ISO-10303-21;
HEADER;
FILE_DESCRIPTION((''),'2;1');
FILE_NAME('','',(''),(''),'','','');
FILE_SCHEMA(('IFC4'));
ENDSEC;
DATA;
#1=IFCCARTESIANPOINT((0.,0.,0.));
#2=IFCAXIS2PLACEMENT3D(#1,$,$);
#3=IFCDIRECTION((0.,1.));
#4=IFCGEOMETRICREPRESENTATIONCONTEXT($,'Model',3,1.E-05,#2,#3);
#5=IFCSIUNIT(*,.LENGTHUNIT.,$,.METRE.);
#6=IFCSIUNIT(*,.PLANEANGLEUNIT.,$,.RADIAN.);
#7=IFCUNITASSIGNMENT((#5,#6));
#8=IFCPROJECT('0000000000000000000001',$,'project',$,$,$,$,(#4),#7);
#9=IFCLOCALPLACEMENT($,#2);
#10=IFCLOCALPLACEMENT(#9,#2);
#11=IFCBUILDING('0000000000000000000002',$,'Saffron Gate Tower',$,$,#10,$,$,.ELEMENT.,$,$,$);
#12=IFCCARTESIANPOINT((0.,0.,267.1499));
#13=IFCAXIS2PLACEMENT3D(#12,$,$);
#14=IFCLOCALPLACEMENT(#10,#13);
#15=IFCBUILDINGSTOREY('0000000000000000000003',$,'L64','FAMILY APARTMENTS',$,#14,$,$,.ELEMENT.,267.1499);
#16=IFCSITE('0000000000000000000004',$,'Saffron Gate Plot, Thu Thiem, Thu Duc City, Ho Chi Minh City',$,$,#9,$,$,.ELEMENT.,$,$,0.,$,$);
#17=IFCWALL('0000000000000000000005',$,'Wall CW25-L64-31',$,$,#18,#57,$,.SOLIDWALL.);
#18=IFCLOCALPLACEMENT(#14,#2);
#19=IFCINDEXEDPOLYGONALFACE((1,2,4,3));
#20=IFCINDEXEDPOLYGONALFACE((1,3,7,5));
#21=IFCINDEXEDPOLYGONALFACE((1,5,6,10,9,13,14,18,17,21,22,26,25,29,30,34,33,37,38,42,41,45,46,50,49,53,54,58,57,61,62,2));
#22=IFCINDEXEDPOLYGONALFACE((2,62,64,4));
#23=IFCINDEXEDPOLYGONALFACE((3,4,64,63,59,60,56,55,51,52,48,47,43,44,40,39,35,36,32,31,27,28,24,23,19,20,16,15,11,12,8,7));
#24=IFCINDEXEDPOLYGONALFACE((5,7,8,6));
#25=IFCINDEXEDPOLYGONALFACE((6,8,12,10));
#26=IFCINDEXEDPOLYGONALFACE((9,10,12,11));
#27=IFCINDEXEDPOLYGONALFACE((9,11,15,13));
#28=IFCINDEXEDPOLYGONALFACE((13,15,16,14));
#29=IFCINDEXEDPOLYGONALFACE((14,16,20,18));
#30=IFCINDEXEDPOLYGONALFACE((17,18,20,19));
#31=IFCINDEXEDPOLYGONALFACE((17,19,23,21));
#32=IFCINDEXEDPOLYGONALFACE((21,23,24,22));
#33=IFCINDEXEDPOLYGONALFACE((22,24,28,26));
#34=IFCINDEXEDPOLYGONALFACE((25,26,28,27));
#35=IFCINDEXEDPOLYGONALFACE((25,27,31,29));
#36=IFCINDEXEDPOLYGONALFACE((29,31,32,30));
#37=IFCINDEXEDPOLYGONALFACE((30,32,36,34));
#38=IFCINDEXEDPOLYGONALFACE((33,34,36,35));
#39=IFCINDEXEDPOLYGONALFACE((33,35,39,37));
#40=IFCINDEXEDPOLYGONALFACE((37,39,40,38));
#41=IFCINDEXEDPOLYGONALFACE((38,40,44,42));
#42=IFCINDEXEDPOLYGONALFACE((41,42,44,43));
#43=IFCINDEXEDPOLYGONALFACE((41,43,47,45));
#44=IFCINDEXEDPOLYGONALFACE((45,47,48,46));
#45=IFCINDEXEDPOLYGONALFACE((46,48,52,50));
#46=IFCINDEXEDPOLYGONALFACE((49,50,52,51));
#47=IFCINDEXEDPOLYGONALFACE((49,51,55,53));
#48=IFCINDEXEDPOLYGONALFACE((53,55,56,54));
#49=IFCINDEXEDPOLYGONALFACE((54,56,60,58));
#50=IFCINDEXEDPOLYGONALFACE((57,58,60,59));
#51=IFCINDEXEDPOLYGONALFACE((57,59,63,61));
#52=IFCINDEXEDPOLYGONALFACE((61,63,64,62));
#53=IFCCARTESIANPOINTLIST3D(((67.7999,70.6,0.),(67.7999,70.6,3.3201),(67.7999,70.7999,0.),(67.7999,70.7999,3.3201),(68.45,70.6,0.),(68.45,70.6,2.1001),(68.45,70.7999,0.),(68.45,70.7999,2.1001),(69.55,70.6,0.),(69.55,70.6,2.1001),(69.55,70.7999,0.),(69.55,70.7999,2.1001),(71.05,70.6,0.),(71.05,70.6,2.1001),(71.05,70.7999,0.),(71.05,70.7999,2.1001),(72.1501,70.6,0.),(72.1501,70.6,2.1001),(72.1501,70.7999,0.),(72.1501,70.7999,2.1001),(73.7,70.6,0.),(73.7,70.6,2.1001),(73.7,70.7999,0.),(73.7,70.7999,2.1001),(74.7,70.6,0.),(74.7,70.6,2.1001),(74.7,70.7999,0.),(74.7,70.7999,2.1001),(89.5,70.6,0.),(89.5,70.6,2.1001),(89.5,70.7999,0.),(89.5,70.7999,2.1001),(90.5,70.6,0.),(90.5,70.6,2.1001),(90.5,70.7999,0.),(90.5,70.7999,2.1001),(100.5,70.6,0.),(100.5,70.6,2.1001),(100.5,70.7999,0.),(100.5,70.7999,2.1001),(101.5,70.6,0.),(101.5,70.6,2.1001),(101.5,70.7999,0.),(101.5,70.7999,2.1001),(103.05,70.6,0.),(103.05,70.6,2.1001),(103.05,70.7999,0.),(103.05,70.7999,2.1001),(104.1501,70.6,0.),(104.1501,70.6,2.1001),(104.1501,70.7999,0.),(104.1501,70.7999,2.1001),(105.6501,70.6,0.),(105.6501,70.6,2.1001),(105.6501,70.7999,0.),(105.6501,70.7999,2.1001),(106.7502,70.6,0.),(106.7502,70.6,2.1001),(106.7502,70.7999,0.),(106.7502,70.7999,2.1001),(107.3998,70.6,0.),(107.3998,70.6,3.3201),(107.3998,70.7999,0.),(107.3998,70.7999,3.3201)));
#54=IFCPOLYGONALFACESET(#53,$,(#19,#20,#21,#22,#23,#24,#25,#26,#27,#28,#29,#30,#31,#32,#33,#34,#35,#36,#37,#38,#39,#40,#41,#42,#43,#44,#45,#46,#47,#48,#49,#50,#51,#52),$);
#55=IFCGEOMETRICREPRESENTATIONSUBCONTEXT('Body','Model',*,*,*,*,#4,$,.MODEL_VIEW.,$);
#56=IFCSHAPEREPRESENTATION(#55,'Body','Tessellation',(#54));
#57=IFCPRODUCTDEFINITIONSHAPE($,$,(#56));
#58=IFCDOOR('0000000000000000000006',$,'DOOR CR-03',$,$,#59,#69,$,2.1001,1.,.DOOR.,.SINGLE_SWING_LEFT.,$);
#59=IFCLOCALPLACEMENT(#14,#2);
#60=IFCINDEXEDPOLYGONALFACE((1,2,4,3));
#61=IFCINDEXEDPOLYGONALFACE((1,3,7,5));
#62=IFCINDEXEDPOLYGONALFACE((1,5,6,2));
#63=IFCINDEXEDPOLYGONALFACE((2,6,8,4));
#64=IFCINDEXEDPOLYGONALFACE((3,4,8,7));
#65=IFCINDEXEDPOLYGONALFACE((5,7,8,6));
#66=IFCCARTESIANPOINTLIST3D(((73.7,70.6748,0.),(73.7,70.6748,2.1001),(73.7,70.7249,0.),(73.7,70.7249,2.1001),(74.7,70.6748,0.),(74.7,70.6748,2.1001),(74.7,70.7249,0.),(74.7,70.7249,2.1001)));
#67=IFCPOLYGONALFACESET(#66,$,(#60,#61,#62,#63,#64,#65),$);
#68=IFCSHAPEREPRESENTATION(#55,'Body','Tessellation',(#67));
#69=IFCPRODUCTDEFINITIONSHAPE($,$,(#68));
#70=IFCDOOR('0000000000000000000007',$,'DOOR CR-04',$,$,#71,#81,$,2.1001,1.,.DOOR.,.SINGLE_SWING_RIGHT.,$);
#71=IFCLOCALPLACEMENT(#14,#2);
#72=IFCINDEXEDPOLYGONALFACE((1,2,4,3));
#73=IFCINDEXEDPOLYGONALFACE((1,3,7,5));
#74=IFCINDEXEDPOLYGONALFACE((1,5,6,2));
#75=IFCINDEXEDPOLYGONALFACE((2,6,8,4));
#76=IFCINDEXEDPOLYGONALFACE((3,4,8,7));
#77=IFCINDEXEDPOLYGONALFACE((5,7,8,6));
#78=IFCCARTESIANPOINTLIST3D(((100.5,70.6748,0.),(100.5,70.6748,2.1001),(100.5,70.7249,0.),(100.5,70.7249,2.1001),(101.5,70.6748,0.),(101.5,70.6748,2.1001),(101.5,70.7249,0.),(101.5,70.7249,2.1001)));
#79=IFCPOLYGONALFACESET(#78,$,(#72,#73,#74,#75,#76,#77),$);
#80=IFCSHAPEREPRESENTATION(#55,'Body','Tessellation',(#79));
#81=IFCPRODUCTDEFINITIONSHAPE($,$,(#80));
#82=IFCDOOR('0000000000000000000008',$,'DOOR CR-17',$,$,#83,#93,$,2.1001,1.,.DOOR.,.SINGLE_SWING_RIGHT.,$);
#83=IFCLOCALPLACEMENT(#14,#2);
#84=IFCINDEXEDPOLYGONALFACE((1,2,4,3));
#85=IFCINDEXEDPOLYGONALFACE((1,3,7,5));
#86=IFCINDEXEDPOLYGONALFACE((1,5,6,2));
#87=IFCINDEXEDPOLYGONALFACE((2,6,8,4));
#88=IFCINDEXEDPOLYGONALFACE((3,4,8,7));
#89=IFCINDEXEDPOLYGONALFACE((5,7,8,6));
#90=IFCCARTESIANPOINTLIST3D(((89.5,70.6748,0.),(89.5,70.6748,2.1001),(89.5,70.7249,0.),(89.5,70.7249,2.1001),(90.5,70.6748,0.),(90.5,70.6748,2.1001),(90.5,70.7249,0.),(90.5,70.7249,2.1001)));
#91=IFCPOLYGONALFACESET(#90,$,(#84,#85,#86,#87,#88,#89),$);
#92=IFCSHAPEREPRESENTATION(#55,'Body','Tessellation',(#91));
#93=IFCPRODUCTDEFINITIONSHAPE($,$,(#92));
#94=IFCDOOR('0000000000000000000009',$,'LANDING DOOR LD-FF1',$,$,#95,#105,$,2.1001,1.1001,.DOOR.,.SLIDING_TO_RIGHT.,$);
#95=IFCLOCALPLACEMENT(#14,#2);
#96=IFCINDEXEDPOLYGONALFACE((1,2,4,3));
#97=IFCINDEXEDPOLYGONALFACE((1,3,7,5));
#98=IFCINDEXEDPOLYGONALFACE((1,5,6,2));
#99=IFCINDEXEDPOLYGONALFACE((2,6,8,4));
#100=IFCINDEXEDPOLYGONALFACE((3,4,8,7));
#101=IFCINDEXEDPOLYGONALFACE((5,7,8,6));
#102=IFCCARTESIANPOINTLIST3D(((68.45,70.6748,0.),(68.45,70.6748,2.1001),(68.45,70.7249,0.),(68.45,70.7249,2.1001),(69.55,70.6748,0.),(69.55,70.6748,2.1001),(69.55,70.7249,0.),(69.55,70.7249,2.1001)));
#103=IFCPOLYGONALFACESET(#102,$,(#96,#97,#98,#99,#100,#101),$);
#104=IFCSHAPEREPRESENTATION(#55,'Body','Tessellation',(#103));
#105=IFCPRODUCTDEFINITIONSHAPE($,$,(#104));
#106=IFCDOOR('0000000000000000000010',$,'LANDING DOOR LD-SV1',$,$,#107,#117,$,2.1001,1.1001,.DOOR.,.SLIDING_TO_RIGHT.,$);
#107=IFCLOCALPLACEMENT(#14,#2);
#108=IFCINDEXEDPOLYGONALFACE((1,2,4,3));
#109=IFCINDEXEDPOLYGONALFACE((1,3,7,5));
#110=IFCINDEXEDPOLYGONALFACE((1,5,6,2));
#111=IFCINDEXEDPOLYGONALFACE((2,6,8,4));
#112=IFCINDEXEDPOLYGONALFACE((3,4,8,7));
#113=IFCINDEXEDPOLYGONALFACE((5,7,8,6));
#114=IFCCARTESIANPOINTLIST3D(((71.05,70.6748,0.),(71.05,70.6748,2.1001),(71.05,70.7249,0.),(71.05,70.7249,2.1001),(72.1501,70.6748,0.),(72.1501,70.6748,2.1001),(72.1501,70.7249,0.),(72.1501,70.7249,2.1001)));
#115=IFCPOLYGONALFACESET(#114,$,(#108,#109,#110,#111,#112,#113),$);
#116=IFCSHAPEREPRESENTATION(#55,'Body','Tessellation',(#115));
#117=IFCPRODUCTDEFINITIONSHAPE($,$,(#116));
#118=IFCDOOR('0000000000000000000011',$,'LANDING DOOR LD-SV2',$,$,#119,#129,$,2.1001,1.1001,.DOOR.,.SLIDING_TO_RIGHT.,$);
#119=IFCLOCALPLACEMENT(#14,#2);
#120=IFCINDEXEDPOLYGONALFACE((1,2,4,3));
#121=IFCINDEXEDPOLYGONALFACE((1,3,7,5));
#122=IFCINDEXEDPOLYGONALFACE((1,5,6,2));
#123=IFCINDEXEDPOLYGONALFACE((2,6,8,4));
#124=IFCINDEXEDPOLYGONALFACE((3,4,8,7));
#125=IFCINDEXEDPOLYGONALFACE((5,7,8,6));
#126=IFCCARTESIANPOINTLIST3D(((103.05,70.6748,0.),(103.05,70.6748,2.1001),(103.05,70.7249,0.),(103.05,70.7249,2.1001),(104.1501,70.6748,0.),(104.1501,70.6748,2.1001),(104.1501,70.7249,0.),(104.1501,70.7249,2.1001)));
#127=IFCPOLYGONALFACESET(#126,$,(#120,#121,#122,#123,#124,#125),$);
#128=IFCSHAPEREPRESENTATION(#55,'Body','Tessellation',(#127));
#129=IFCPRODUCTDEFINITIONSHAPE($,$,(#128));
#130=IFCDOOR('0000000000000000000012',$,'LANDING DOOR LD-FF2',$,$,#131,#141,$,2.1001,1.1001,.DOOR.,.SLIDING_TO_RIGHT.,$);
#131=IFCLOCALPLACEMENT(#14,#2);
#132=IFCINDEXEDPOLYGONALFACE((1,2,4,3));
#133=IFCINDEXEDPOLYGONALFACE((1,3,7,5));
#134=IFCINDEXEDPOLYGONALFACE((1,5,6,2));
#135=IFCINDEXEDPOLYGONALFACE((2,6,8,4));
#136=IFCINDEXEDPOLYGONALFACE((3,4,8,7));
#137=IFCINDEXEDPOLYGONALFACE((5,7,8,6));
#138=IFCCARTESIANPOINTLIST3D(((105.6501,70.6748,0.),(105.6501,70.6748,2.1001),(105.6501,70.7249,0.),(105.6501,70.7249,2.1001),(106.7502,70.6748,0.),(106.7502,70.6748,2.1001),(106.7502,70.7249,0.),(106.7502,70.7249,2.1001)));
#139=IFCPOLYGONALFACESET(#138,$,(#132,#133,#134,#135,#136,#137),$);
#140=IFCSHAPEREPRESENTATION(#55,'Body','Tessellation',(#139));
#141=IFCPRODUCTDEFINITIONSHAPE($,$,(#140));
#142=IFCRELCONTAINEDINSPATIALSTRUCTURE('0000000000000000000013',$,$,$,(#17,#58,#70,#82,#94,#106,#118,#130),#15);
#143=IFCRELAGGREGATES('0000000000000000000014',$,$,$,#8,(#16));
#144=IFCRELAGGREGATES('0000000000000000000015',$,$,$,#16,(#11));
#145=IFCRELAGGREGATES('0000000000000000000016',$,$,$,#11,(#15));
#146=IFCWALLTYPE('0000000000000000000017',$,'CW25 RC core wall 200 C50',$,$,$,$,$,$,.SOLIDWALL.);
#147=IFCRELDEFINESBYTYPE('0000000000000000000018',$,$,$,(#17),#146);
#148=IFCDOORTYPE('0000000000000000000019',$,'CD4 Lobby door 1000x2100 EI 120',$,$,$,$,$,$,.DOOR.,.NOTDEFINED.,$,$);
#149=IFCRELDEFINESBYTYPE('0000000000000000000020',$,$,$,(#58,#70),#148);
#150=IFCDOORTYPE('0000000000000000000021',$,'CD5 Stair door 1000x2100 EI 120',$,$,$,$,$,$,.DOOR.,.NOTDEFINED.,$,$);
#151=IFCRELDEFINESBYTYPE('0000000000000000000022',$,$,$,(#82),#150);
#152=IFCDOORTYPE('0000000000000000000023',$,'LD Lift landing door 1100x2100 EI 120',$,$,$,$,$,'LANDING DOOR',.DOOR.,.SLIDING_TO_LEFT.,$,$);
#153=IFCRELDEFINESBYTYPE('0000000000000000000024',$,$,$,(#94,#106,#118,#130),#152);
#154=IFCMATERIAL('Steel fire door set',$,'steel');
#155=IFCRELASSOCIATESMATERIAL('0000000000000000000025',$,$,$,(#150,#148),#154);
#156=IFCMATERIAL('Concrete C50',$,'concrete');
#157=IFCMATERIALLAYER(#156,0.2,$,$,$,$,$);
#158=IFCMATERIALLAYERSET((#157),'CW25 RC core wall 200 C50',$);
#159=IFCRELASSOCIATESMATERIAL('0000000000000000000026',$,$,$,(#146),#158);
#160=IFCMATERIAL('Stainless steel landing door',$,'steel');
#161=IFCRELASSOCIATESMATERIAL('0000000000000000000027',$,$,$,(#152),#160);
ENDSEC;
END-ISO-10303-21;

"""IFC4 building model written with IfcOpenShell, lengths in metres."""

from ifc_helpers import new_model, si_unit, direction, frame, frame_2d, origin, place, context, subcontext, project, spatial, rectangle, extrude, material, layer, layer_set, type_object, element, fill, save


model = new_model("IFC4")

# Units and contexts
model_context = context("Model", 3, precision=1e-05, world=origin(), true_north=direction((0.0, 1.0)))
body_context = subcontext(model_context, "Body", "Model", "MODEL_VIEW")
ifc_project = project(units=[si_unit("LENGTHUNIT", "METRE"), si_unit("PLANEANGLEUNIT", "RADIAN")], contexts=[model_context])

# Site, building, storey
site_placement = place(None, origin())
site = spatial("IfcSite", under=ifc_project, at=site_placement, Name="Saffron Gate Plot, Thu Thiem, Thu Duc City, Ho Chi Minh City", CompositionType="ELEMENT", RefElevation=0.0)
building_placement = place(site_placement, origin())
building = spatial("IfcBuilding", under=site, at=building_placement, Name="Saffron Gate Tower", CompositionType="ELEMENT")
storey_placement = place(building_placement, frame((0.0, 0.0, 267.1499)))
storey = spatial("IfcBuildingStorey", under=building, at=storey_placement, Name="L64", Description="FAMILY APARTMENTS", CompositionType="ELEMENT", Elevation=267.1499)

# Wall, openings, doors
ifc_material_1 = material(Name="Concrete C50", Category="concrete")
ifc_material_2 = material(Name="Steel fire door set", Category="steel")
door_type_1 = type_object("IfcDoorType", Name="CD5 Stair door 1000x2100 EI 120", OperationType="NOTDEFINED", PredefinedType="DOOR", material=ifc_material_2)
ifc_layer_1 = layer(ifc_material_1, 0.2)
ifc_layer_set_1 = layer_set([ifc_layer_1], Name="CW25 RC core wall 200 C50")
wall_type_1 = type_object("IfcWallType", Name="CW25 RC core wall 200 C50", PredefinedType="SOLIDWALL", material=ifc_layer_set_1)
wall_1_placement = place(storey_placement, frame((67.8, 70.7, 0.0), z_axis=(0.0, 0.0, 1.0), x_axis=(1.0, 0.0, 0.0)))
wall_1 = element("IfcWall", 1, at=wall_1_placement, inside=storey, type_object=wall_type_1, Name="Wall CW25-L64-31", PredefinedType="SOLIDWALL", context=body_context, shape_type="SweptSolid", body=[
    extrude(rectangle(XDim=39.5999, YDim=0.2, at=frame_2d((19.7998, 0.0))), origin(), (0.0, 0.0, 1.0), 3.3201),
])
opening_1_placement = place(wall_1_placement, frame((0.6499, 0.0, 0.0)))
opening_1 = element("IfcOpeningElement", 2, at=opening_1_placement, cuts=wall_1, PredefinedType="OPENING", context=body_context, shape_type="SweptSolid", body=[
    extrude(rectangle(XDim=1.1001, YDim=2.1001, at=frame_2d((0.55, 1.05))), frame((0.0, 0.1099, 0.0), z_axis=(0.0, -1.0, 0.0), x_axis=(1.0, 0.0, 0.0)), (0.0, 0.0, 1.0), 0.22),
])
opening_2_placement = place(wall_1_placement, frame((3.25, 0.0, 0.0)))
opening_2 = element("IfcOpeningElement", 3, at=opening_2_placement, cuts=wall_1, PredefinedType="OPENING", context=body_context, shape_type="SweptSolid", body=[
    extrude(rectangle(XDim=1.1001, YDim=2.1001, at=frame_2d((0.55, 1.05))), frame((0.0, 0.1099, 0.0), z_axis=(0.0, -1.0, 0.0), x_axis=(1.0, 0.0, 0.0)), (0.0, 0.0, 1.0), 0.22),
])
opening_3_placement = place(wall_1_placement, frame((5.8999, 0.0, 0.0)))
opening_3 = element("IfcOpeningElement", 4, at=opening_3_placement, cuts=wall_1, PredefinedType="OPENING", context=body_context, shape_type="SweptSolid", body=[
    extrude(rectangle(XDim=1.0, YDim=2.1001, at=frame_2d((0.5, 1.05))), frame((0.0, 0.1099, 0.0), z_axis=(0.0, -1.0, 0.0), x_axis=(1.0, 0.0, 0.0)), (0.0, 0.0, 1.0), 0.22),
])
opening_4_placement = place(wall_1_placement, frame((21.7, 0.0, 0.0)))
opening_4 = element("IfcOpeningElement", 5, at=opening_4_placement, cuts=wall_1, PredefinedType="OPENING", context=body_context, shape_type="SweptSolid", body=[
    extrude(rectangle(XDim=1.0, YDim=2.1001, at=frame_2d((0.5, 1.05))), frame((0.0, 0.1099, 0.0), z_axis=(0.0, -1.0, 0.0), x_axis=(1.0, 0.0, 0.0)), (0.0, 0.0, 1.0), 0.22),
])
opening_5_placement = place(wall_1_placement, frame((32.7, 0.0, 0.0)))
opening_5 = element("IfcOpeningElement", 6, at=opening_5_placement, cuts=wall_1, PredefinedType="OPENING", context=body_context, shape_type="SweptSolid", body=[
    extrude(rectangle(XDim=1.0, YDim=2.1001, at=frame_2d((0.5, 1.05))), frame((0.0, 0.1099, 0.0), z_axis=(0.0, -1.0, 0.0), x_axis=(1.0, 0.0, 0.0)), (0.0, 0.0, 1.0), 0.22),
])
opening_6_placement = place(wall_1_placement, frame((35.25, 0.0, 0.0)))
opening_6 = element("IfcOpeningElement", 7, at=opening_6_placement, cuts=wall_1, PredefinedType="OPENING", context=body_context, shape_type="SweptSolid", body=[
    extrude(rectangle(XDim=1.1001, YDim=2.1001, at=frame_2d((0.55, 1.05))), frame((0.0, 0.1099, 0.0), z_axis=(0.0, -1.0, 0.0), x_axis=(1.0, 0.0, 0.0)), (0.0, 0.0, 1.0), 0.22),
])
opening_7_placement = place(wall_1_placement, frame((37.8501, 0.0, 0.0)))
opening_7 = element("IfcOpeningElement", 8, at=opening_7_placement, cuts=wall_1, PredefinedType="OPENING", context=body_context, shape_type="SweptSolid", body=[
    extrude(rectangle(XDim=1.1001, YDim=2.1001, at=frame_2d((0.55, 1.05))), frame((0.0, 0.1099, 0.0), z_axis=(0.0, -1.0, 0.0), x_axis=(1.0, 0.0, 0.0)), (0.0, 0.0, 1.0), 0.22),
])
door_type_2 = type_object("IfcDoorType", Name="CD4 Lobby door 1000x2100 EI 120", OperationType="NOTDEFINED", PredefinedType="DOOR", material=ifc_material_2)
door_1_placement = place(opening_3_placement, origin())
door_1 = element("IfcDoor", 9, at=door_1_placement, inside=storey, type_object=door_type_2, Name="DOOR CR-03", OperationType="SINGLE_SWING_LEFT", OverallHeight=2.1001, OverallWidth=1.0, PredefinedType="DOOR", context=body_context, shape_type="SweptSolid", body=[
    extrude(rectangle(XDim=1.0, YDim=2.1001, at=frame_2d((0.5, 1.05))), frame((0.0, 0.0249, 0.0), z_axis=(0.0, -1.0, 0.0), x_axis=(1.0, 0.0, 0.0)), (0.0, 0.0, 1.0), 0.05),
])
fill(opening_3, door_1)
door_2_placement = place(opening_5_placement, origin())
door_2 = element("IfcDoor", 10, at=door_2_placement, inside=storey, type_object=door_type_2, Name="DOOR CR-04", OperationType="SINGLE_SWING_RIGHT", OverallHeight=2.1001, OverallWidth=1.0, PredefinedType="DOOR", context=body_context, shape_type="SweptSolid", body=[
    extrude(rectangle(XDim=1.0, YDim=2.1001, at=frame_2d((0.5, 1.05))), frame((0.0, 0.0249, 0.0), z_axis=(0.0, -1.0, 0.0), x_axis=(1.0, 0.0, 0.0)), (0.0, 0.0, 1.0), 0.05),
])
fill(opening_5, door_2)
door_3_placement = place(opening_4_placement, origin())
door_3 = element("IfcDoor", 11, at=door_3_placement, inside=storey, type_object=door_type_1, Name="DOOR CR-17", OperationType="SINGLE_SWING_RIGHT", OverallHeight=2.1001, OverallWidth=1.0, PredefinedType="DOOR", context=body_context, shape_type="SweptSolid", body=[
    extrude(rectangle(XDim=1.0, YDim=2.1001, at=frame_2d((0.5, 1.05))), frame((0.0, 0.0249, 0.0), z_axis=(0.0, -1.0, 0.0), x_axis=(1.0, 0.0, 0.0)), (0.0, 0.0, 1.0), 0.05),
])
fill(opening_4, door_3)
ifc_material_3 = material(Name="Stainless steel landing door", Category="steel")
door_type_3 = type_object("IfcDoorType", Name="LD Lift landing door 1100x2100 EI 120", ElementType="LANDING DOOR", OperationType="SLIDING_TO_LEFT", PredefinedType="DOOR", material=ifc_material_3)
door_4_placement = place(opening_1_placement, origin())
door_4 = element("IfcDoor", 12, at=door_4_placement, inside=storey, type_object=door_type_3, Name="LANDING DOOR LD-FF1", OperationType="SLIDING_TO_RIGHT", OverallHeight=2.1001, OverallWidth=1.1001, PredefinedType="DOOR", context=body_context, shape_type="SweptSolid", body=[
    extrude(rectangle(XDim=1.1001, YDim=2.1001, at=frame_2d((0.55, 1.05))), frame((0.0, 0.0249, 0.0), z_axis=(0.0, -1.0, 0.0), x_axis=(1.0, 0.0, 0.0)), (0.0, 0.0, 1.0), 0.05),
])
fill(opening_1, door_4)
door_5_placement = place(opening_2_placement, origin())
door_5 = element("IfcDoor", 13, at=door_5_placement, inside=storey, type_object=door_type_3, Name="LANDING DOOR LD-SV1", OperationType="SLIDING_TO_RIGHT", OverallHeight=2.1001, OverallWidth=1.1001, PredefinedType="DOOR", context=body_context, shape_type="SweptSolid", body=[
    extrude(rectangle(XDim=1.1001, YDim=2.1001, at=frame_2d((0.55, 1.05))), frame((0.0, 0.0249, 0.0), z_axis=(0.0, -1.0, 0.0), x_axis=(1.0, 0.0, 0.0)), (0.0, 0.0, 1.0), 0.05),
])
fill(opening_2, door_5)
door_6_placement = place(opening_6_placement, origin())
door_6 = element("IfcDoor", 14, at=door_6_placement, inside=storey, type_object=door_type_3, Name="LANDING DOOR LD-SV2", OperationType="SLIDING_TO_RIGHT", OverallHeight=2.1001, OverallWidth=1.1001, PredefinedType="DOOR", context=body_context, shape_type="SweptSolid", body=[
    extrude(rectangle(XDim=1.1001, YDim=2.1001, at=frame_2d((0.55, 1.05))), frame((0.0, 0.0249, 0.0), z_axis=(0.0, -1.0, 0.0), x_axis=(1.0, 0.0, 0.0)), (0.0, 0.0, 1.0), 0.05),
])
fill(opening_6, door_6)
door_7_placement = place(opening_7_placement, origin())
door_7 = element("IfcDoor", 15, at=door_7_placement, inside=storey, type_object=door_type_3, Name="LANDING DOOR LD-FF2", OperationType="SLIDING_TO_RIGHT", OverallHeight=2.1001, OverallWidth=1.1001, PredefinedType="DOOR", context=body_context, shape_type="SweptSolid", body=[
    extrude(rectangle(XDim=1.1001, YDim=2.1001, at=frame_2d((0.55, 1.05))), frame((0.0, 0.0249, 0.0), z_axis=(0.0, -1.0, 0.0), x_axis=(1.0, 0.0, 0.0)), (0.0, 0.0, 1.0), 0.05),
])
fill(opening_7, door_7)

save(model, "model.ifc")
